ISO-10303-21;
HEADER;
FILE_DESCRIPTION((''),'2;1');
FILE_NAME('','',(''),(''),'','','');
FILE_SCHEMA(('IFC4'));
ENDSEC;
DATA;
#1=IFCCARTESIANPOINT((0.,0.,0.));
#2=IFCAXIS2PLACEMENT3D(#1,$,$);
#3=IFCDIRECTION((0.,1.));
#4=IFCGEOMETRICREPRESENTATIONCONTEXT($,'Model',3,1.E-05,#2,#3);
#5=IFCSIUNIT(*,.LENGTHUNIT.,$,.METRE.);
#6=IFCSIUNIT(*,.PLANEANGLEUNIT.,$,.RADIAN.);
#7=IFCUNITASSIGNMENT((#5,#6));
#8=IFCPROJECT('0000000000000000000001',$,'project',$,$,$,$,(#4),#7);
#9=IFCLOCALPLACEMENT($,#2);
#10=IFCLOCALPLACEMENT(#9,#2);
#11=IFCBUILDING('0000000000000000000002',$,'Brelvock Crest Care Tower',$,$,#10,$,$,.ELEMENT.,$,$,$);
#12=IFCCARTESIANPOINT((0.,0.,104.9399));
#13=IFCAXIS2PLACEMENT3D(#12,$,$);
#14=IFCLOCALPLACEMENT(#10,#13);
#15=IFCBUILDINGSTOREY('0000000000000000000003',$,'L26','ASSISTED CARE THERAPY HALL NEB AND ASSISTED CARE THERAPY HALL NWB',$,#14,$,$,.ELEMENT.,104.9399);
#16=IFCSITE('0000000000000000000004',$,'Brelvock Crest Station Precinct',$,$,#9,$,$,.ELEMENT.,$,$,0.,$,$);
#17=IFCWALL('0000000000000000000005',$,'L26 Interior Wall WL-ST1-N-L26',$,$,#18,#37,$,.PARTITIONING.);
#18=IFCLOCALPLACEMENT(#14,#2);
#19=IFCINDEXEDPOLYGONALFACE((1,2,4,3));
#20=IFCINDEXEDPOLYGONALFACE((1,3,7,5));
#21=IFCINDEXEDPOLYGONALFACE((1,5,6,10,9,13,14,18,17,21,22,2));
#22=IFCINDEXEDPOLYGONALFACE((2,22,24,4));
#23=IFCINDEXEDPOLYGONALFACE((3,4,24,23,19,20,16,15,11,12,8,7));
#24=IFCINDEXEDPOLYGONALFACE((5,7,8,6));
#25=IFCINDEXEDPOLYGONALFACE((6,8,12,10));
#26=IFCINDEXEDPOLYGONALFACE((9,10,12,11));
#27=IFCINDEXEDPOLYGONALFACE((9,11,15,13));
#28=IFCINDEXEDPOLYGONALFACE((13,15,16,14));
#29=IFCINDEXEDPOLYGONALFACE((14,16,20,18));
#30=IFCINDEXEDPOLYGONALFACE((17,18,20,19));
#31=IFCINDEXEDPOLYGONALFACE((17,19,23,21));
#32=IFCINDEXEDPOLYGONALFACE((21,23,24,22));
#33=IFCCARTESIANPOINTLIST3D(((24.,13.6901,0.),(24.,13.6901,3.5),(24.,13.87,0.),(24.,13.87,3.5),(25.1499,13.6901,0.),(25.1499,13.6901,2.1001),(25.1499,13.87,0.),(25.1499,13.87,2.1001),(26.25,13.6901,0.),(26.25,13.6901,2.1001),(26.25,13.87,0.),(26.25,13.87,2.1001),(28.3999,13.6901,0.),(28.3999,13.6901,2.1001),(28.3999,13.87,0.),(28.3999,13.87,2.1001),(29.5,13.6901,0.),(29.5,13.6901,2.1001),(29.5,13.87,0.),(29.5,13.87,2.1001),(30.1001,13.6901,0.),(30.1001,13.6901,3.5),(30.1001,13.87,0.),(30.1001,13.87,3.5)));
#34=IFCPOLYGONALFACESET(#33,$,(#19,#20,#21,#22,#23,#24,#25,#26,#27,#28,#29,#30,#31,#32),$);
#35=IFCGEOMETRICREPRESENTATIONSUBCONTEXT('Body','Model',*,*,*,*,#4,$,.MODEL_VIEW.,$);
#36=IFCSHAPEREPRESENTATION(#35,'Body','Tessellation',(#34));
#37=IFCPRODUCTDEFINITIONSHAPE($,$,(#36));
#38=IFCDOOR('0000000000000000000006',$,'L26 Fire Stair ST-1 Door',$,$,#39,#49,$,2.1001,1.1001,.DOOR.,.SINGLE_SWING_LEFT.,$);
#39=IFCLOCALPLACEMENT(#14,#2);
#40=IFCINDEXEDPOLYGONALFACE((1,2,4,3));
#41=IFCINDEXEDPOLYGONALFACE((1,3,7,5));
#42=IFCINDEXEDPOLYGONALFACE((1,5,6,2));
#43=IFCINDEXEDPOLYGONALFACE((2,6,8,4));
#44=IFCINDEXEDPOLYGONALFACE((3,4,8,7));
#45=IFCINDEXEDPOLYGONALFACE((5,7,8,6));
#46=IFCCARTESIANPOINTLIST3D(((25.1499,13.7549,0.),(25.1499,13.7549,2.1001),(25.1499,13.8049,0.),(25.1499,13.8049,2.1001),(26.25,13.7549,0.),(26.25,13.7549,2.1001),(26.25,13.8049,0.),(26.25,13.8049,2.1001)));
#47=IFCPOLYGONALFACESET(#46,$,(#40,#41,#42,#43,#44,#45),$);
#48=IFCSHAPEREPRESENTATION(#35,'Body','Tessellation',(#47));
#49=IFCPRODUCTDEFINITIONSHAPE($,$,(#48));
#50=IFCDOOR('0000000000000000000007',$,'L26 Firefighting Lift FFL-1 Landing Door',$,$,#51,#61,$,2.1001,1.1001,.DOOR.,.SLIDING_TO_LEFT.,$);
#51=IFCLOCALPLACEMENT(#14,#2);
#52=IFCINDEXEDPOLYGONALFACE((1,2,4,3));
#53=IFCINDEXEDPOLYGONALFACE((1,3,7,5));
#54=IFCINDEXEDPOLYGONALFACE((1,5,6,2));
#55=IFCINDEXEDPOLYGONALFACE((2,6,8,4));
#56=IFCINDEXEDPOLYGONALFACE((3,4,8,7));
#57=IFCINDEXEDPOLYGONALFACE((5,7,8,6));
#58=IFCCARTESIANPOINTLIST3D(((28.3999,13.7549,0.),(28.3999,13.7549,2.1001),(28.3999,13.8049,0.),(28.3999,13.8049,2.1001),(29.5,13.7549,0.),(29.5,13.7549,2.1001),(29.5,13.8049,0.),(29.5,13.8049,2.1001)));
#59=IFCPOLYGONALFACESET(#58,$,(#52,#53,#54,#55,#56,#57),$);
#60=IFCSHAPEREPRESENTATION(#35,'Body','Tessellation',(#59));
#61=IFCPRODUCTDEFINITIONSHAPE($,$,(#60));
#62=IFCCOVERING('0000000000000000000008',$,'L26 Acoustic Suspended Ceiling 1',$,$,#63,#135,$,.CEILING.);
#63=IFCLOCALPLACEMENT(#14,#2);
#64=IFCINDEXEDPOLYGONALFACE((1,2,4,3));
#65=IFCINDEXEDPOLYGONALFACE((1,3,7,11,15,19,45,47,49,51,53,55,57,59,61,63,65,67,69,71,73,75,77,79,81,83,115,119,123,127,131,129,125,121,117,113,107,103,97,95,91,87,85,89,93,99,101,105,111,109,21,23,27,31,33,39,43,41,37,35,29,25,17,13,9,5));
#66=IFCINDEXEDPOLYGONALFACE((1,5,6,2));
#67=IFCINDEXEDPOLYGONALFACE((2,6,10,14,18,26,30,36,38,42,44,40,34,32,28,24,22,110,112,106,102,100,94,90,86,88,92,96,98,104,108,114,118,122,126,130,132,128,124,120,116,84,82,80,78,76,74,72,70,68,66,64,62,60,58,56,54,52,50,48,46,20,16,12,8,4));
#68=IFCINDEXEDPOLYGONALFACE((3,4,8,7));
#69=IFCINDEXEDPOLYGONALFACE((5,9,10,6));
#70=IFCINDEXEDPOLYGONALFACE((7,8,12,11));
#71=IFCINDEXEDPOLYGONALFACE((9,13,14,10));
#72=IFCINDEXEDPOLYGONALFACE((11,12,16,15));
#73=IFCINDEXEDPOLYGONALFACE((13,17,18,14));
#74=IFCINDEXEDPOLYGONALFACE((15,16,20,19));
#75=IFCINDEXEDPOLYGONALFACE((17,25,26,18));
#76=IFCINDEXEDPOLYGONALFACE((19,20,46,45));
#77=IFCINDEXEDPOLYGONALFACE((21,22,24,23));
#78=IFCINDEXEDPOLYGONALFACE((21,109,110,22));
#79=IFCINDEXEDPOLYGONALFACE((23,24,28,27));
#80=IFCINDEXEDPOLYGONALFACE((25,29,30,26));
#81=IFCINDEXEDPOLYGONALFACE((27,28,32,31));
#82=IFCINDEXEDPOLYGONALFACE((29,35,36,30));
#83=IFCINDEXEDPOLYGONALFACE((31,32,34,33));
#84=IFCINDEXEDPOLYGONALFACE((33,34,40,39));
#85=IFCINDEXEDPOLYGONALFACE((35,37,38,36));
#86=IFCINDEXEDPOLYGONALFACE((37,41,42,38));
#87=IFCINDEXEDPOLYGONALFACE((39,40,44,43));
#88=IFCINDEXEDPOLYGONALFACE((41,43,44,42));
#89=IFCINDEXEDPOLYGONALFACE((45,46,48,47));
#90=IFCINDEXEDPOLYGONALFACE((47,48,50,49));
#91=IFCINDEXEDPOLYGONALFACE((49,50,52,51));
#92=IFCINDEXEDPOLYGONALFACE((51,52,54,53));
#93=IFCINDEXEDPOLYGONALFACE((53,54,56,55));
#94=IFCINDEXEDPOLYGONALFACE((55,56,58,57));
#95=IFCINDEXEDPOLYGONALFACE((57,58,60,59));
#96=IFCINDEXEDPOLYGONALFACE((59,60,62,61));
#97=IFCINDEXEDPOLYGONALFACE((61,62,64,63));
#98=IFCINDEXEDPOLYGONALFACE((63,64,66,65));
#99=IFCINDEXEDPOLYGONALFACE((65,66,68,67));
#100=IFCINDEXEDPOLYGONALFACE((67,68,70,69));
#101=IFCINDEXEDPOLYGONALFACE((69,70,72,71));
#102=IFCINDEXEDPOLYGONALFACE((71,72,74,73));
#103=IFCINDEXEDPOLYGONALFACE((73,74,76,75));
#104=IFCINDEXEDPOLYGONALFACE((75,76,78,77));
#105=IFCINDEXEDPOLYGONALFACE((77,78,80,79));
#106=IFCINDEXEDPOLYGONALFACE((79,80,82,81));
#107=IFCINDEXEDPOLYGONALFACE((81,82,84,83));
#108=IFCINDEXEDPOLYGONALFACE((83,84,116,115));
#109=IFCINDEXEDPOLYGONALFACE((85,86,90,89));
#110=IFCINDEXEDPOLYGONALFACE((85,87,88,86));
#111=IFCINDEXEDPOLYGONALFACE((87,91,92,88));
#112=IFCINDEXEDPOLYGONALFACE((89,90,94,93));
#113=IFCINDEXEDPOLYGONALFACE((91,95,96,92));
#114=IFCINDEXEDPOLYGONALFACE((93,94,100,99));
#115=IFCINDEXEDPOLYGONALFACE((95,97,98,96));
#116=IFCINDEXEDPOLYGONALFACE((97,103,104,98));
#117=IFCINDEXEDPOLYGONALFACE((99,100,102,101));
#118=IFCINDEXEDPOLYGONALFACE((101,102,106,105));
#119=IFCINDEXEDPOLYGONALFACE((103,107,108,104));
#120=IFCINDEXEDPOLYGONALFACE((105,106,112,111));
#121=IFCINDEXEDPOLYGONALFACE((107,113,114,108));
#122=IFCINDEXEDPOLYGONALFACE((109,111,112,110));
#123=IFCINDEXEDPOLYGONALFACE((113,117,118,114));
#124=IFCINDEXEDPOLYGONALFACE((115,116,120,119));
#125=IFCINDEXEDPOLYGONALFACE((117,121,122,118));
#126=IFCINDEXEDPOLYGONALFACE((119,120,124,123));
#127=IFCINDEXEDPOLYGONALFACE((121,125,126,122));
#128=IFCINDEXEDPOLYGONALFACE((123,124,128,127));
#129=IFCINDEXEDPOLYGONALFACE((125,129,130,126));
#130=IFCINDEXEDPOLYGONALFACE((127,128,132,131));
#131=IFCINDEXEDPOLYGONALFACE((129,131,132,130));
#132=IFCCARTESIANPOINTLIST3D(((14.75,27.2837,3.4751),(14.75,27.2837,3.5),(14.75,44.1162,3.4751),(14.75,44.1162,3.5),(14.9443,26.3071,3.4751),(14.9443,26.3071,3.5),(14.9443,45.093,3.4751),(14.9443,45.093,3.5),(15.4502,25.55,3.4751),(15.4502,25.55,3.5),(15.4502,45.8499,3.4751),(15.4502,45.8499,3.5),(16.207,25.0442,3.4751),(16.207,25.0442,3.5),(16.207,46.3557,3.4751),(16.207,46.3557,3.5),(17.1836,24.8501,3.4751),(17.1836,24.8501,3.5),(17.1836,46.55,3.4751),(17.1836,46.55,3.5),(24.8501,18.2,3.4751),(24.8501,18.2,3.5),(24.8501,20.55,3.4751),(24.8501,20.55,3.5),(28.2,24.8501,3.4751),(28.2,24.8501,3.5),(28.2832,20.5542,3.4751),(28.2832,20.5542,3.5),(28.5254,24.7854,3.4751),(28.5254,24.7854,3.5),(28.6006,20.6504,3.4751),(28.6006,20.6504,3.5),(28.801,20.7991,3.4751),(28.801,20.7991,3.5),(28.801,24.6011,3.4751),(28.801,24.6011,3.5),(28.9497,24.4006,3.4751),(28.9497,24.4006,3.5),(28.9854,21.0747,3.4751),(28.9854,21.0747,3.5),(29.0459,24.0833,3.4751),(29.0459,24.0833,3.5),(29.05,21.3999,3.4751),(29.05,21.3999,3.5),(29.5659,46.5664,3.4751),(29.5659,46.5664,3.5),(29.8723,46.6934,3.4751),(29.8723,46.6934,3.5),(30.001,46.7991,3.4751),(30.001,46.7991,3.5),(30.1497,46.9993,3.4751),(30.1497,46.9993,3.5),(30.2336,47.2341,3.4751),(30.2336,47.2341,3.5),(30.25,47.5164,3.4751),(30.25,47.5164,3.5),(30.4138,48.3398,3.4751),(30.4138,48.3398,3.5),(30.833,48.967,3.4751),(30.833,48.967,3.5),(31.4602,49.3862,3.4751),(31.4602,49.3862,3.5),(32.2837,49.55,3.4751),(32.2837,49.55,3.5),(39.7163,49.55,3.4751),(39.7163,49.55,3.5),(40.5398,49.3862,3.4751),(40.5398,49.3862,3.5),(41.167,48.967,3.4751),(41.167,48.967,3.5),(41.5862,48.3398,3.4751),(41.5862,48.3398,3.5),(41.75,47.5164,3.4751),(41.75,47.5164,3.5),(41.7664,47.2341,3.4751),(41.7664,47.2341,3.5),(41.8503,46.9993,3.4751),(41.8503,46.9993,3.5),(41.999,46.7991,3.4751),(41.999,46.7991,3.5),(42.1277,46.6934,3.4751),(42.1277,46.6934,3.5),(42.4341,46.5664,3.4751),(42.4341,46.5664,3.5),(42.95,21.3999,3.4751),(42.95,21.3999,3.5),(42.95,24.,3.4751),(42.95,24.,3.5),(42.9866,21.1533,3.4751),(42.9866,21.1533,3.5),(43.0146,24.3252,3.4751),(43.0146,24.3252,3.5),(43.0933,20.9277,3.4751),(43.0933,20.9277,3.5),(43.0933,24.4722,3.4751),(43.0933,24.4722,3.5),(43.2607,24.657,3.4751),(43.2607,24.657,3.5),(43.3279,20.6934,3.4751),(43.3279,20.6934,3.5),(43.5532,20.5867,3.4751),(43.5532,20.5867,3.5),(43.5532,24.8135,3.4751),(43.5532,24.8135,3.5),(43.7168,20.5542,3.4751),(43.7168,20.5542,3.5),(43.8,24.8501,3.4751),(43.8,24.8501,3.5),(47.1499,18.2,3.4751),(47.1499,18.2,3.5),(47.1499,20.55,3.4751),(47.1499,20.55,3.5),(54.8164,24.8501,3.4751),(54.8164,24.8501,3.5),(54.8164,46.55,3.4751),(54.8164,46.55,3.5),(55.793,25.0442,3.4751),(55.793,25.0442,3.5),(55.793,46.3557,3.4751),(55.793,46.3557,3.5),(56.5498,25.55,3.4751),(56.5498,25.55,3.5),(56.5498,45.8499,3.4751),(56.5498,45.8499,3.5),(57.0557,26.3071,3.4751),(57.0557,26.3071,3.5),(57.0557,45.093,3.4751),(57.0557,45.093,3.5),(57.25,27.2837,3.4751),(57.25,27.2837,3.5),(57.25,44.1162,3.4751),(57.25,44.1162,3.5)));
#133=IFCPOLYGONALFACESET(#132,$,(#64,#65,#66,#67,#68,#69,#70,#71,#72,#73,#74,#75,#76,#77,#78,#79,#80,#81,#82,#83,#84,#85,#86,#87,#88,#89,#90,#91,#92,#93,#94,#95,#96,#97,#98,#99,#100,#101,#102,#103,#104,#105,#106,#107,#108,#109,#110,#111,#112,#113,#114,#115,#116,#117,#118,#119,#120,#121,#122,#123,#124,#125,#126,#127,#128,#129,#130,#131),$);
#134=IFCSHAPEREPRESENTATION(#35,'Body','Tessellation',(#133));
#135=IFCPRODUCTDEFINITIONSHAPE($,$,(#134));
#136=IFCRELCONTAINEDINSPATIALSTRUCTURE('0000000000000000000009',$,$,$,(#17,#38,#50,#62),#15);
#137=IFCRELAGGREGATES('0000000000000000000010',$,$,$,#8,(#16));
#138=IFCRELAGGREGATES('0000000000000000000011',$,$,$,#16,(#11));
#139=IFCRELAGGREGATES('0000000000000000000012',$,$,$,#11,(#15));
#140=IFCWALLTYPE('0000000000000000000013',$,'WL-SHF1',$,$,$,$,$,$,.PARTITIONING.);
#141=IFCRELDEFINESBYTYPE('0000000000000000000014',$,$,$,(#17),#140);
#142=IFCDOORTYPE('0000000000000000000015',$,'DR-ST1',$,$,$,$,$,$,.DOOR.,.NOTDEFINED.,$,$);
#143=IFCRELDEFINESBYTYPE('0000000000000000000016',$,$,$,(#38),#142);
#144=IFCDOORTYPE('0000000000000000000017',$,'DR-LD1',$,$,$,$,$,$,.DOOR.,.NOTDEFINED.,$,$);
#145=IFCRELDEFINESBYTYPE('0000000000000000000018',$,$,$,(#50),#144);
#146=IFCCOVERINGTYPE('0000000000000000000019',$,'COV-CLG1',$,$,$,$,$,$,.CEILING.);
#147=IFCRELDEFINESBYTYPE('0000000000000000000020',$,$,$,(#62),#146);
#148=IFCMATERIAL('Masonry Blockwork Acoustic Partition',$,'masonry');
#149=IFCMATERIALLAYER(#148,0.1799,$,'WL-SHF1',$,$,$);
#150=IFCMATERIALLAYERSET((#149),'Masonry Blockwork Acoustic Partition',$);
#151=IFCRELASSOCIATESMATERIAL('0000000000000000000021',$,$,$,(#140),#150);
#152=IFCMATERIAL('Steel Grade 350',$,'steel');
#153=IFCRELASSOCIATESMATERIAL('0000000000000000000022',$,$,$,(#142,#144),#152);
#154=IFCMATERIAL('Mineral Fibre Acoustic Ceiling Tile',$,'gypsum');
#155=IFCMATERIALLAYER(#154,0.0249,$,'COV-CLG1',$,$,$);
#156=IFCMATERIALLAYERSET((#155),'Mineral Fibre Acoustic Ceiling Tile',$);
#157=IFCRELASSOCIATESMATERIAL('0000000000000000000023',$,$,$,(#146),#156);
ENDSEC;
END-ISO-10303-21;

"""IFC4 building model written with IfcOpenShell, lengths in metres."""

from ifc_helpers import new_model, si_unit, direction, frame, frame_2d, origin, origin_2d, place, context, subcontext, project, spatial, polyline, rectangle, outline, extrude, source, transform, mapped, material, layer, layer_set, type_object, element, fill, save


model = new_model("IFC4")

# Units and contexts
model_context = context("Model", 3, precision=1e-05, world=origin(), true_north=direction((0.0, 1.0)))
body_context = subcontext(model_context, "Body", "Model", "MODEL_VIEW")
ifc_project = project(units=[si_unit("LENGTHUNIT", "METRE"), si_unit("PLANEANGLEUNIT", "RADIAN")], contexts=[model_context])

# Site, building, storey
site_placement = place(None, origin())
site = spatial("IfcSite", under=ifc_project, at=site_placement, Name="Brelvock Crest Station Precinct", CompositionType="ELEMENT", RefElevation=0.0)
building_placement = place(site_placement, origin())
building = spatial("IfcBuilding", under=site, at=building_placement, Name="Brelvock Crest Care Tower", CompositionType="ELEMENT")
storey_placement = place(building_placement, frame((0.0, 0.0, 104.9399)))
storey = spatial("IfcBuildingStorey", under=building, at=storey_placement, Name="L26", Description="ASSISTED CARE THERAPY HALL NEB AND ASSISTED CARE THERAPY HALL NWB", CompositionType="ELEMENT", Elevation=104.9399)

# Shared definitions
ifc_material_1 = material(Name="Steel Grade 350", Category="steel")

# Wall, openings, doors
ifc_material_2 = material(Name="Masonry Blockwork Acoustic Partition", Category="masonry")
ifc_layer_1 = layer(ifc_material_2, 0.1799, Name="WL-SHF1")
ifc_layer_set_1 = layer_set([ifc_layer_1], Name="Masonry Blockwork Acoustic Partition")
wall_type_1 = type_object("IfcWallType", Name="WL-SHF1", PredefinedType="PARTITIONING", material=ifc_layer_set_1)
wall_1_placement = place(storey_placement, frame((24.0, 13.78, 0.0), z_axis=(0.0, 0.0, 1.0), x_axis=(1.0, 0.0, 0.0)))
wall_1 = element("IfcWall", 1, at=wall_1_placement, inside=storey, type_object=wall_type_1, Name="L26 Interior Wall WL-ST1-N-L26", PredefinedType="PARTITIONING", context=body_context, shape_type="SweptSolid", body=[
    extrude(rectangle(XDim=6.1001, YDim=0.1799, at=frame_2d((3.05, 0.0))), origin(), (0.0, 0.0, 1.0), 3.5),
])
opening_1_placement = place(wall_1_placement, frame((1.1499, 0.0, 0.0)))
opening_1 = element("IfcOpeningElement", 2, at=opening_1_placement, cuts=wall_1, PredefinedType="OPENING", context=body_context, shape_type="SweptSolid", body=[
    extrude(rectangle(XDim=1.1001, YDim=2.1001, at=origin_2d()), frame((0.55, 0.1001, 1.05), z_axis=(0.0, -1.0, 0.0), x_axis=(1.0, 0.0, 0.0)), (0.0, 0.0, 1.0), 0.2),
])
opening_2_placement = place(wall_1_placement, frame((4.3999, 0.0, 0.0)))
opening_2 = element("IfcOpeningElement", 3, at=opening_2_placement, cuts=wall_1, PredefinedType="OPENING", context=body_context, shape_type="SweptSolid", body=[
    extrude(rectangle(XDim=1.1001, YDim=2.1001, at=origin_2d()), frame((0.55, 0.1001, 1.05), z_axis=(0.0, -1.0, 0.0), x_axis=(1.0, 0.0, 0.0)), (0.0, 0.0, 1.0), 0.2),
])
door_type_1 = type_object("IfcDoorType", Name="DR-ST1", OperationType="NOTDEFINED", PredefinedType="DOOR", material=ifc_material_1)
shared_shape_1 = source(origin(), body_context, "Body", "SweptSolid", [
    extrude(rectangle(XDim=1.1001, YDim=2.1001, at=origin_2d()), frame((0.55, 0.0249, 1.05), z_axis=(0.0, -1.0, 0.0), x_axis=(1.0, 0.0, 0.0)), (0.0, 0.0, 1.0), 0.05),
])
door_1_placement = place(opening_1_placement, origin())
door_1 = element("IfcDoor", 4, at=door_1_placement, inside=storey, type_object=door_type_1, Name="L26 Fire Stair ST-1 Door", OperationType="SINGLE_SWING_LEFT", OverallHeight=2.1001, OverallWidth=1.1001, PredefinedType="DOOR", context=body_context, shape_type="MappedRepresentation", body=[
    mapped(shared_shape_1, transform((0.0, 0.0, 0.0), x_axis=(1.0, 0.0, 0.0), y_axis=(0.0, 1.0, 0.0), z_axis=(0.0, 0.0, 1.0), scale=1.0)),
])
fill(opening_1, door_1)
door_type_2 = type_object("IfcDoorType", Name="DR-LD1", OperationType="NOTDEFINED", PredefinedType="DOOR", material=ifc_material_1)
shared_shape_2 = source(origin(), body_context, "Body", "SweptSolid", [
    extrude(rectangle(XDim=1.1001, YDim=2.1001, at=origin_2d()), frame((0.55, 0.0249, 1.05), z_axis=(0.0, -1.0, 0.0), x_axis=(1.0, 0.0, 0.0)), (0.0, 0.0, 1.0), 0.05),
])
door_2_placement = place(opening_2_placement, origin())
door_2 = element("IfcDoor", 5, at=door_2_placement, inside=storey, type_object=door_type_2, Name="L26 Firefighting Lift FFL-1 Landing Door", OperationType="SLIDING_TO_LEFT", OverallHeight=2.1001, OverallWidth=1.1001, PredefinedType="DOOR", context=body_context, shape_type="MappedRepresentation", body=[
    mapped(shared_shape_2, transform((0.0, 0.0, 0.0), x_axis=(1.0, 0.0, 0.0), y_axis=(0.0, 1.0, 0.0), z_axis=(0.0, 0.0, 1.0), scale=1.0)),
])
fill(opening_2, door_2)

# Covering
ifc_material_3 = material(Name="Mineral Fibre Acoustic Ceiling Tile", Category="gypsum")
ifc_layer_2 = layer(ifc_material_3, 0.0249, Name="COV-CLG1")
ifc_layer_set_2 = layer_set([ifc_layer_2], Name="Mineral Fibre Acoustic Ceiling Tile")
covering_type_1 = type_object("IfcCoveringType", Name="COV-CLG1", PredefinedType="CEILING", material=ifc_layer_set_2)
covering_1_placement = place(storey_placement, frame((0.0, 0.0, 3.4751)))
element("IfcCovering", 6, at=covering_1_placement, inside=storey, type_object=covering_type_1, Name="L26 Acoustic Suspended Ceiling 1", PredefinedType="CEILING", context=body_context, shape_type="SweptSolid", body=[
    extrude(outline(polyline([(24.8501, 18.2), (47.1499, 18.2), (47.1499, 20.55), (43.7168, 20.5542), (43.5532, 20.5867), (43.3279, 20.6934), (43.0933, 20.9277), (42.9866, 21.1533), (42.95, 21.3999), (42.95, 24.0), (43.0146, 24.3252), (43.0933, 24.4722), (43.2607, 24.657), (43.5532, 24.8135), (43.8, 24.8501), (54.8164, 24.8501), (55.793, 25.0442), (56.5498, 25.55), (57.0557, 26.3071), (57.25, 27.2837), (57.25, 44.1162), (57.0557, 45.093), (56.5498, 45.8499), (55.793, 46.3557), (54.8164, 46.55), (42.4341, 46.5664), (42.1277, 46.6934), (41.999, 46.7991), (41.8503, 46.9993), (41.7664, 47.2341), (41.75, 47.5164), (41.5862, 48.3398), (41.167, 48.967), (40.5398, 49.3862), (39.7163, 49.55), (32.2837, 49.55), (31.4602, 49.3862), (30.833, 48.967), (30.4138, 48.3398), (30.25, 47.5164), (30.2336, 47.2341), (30.1497, 46.9993), (30.001, 46.7991), (29.8723, 46.6934), (29.5659, 46.5664), (17.1836, 46.55), (16.207, 46.3557), (15.4502, 45.8499), (14.9443, 45.093), (14.75, 44.1162), (14.75, 27.2837), (14.9443, 26.3071), (15.4502, 25.55), (16.207, 25.0442), (17.1836, 24.8501), (28.2, 24.8501), (28.5254, 24.7854), (28.801, 24.6011), (28.9497, 24.4006), (29.0459, 24.0833), (29.05, 21.3999), (28.9854, 21.0747), (28.801, 20.7991), (28.6006, 20.6504), (28.2832, 20.5542), (24.8501, 20.55), (24.8501, 18.2)])), origin(), (0.0, 0.0, 1.0), 0.0249),
])

save(model, "model.ifc")
